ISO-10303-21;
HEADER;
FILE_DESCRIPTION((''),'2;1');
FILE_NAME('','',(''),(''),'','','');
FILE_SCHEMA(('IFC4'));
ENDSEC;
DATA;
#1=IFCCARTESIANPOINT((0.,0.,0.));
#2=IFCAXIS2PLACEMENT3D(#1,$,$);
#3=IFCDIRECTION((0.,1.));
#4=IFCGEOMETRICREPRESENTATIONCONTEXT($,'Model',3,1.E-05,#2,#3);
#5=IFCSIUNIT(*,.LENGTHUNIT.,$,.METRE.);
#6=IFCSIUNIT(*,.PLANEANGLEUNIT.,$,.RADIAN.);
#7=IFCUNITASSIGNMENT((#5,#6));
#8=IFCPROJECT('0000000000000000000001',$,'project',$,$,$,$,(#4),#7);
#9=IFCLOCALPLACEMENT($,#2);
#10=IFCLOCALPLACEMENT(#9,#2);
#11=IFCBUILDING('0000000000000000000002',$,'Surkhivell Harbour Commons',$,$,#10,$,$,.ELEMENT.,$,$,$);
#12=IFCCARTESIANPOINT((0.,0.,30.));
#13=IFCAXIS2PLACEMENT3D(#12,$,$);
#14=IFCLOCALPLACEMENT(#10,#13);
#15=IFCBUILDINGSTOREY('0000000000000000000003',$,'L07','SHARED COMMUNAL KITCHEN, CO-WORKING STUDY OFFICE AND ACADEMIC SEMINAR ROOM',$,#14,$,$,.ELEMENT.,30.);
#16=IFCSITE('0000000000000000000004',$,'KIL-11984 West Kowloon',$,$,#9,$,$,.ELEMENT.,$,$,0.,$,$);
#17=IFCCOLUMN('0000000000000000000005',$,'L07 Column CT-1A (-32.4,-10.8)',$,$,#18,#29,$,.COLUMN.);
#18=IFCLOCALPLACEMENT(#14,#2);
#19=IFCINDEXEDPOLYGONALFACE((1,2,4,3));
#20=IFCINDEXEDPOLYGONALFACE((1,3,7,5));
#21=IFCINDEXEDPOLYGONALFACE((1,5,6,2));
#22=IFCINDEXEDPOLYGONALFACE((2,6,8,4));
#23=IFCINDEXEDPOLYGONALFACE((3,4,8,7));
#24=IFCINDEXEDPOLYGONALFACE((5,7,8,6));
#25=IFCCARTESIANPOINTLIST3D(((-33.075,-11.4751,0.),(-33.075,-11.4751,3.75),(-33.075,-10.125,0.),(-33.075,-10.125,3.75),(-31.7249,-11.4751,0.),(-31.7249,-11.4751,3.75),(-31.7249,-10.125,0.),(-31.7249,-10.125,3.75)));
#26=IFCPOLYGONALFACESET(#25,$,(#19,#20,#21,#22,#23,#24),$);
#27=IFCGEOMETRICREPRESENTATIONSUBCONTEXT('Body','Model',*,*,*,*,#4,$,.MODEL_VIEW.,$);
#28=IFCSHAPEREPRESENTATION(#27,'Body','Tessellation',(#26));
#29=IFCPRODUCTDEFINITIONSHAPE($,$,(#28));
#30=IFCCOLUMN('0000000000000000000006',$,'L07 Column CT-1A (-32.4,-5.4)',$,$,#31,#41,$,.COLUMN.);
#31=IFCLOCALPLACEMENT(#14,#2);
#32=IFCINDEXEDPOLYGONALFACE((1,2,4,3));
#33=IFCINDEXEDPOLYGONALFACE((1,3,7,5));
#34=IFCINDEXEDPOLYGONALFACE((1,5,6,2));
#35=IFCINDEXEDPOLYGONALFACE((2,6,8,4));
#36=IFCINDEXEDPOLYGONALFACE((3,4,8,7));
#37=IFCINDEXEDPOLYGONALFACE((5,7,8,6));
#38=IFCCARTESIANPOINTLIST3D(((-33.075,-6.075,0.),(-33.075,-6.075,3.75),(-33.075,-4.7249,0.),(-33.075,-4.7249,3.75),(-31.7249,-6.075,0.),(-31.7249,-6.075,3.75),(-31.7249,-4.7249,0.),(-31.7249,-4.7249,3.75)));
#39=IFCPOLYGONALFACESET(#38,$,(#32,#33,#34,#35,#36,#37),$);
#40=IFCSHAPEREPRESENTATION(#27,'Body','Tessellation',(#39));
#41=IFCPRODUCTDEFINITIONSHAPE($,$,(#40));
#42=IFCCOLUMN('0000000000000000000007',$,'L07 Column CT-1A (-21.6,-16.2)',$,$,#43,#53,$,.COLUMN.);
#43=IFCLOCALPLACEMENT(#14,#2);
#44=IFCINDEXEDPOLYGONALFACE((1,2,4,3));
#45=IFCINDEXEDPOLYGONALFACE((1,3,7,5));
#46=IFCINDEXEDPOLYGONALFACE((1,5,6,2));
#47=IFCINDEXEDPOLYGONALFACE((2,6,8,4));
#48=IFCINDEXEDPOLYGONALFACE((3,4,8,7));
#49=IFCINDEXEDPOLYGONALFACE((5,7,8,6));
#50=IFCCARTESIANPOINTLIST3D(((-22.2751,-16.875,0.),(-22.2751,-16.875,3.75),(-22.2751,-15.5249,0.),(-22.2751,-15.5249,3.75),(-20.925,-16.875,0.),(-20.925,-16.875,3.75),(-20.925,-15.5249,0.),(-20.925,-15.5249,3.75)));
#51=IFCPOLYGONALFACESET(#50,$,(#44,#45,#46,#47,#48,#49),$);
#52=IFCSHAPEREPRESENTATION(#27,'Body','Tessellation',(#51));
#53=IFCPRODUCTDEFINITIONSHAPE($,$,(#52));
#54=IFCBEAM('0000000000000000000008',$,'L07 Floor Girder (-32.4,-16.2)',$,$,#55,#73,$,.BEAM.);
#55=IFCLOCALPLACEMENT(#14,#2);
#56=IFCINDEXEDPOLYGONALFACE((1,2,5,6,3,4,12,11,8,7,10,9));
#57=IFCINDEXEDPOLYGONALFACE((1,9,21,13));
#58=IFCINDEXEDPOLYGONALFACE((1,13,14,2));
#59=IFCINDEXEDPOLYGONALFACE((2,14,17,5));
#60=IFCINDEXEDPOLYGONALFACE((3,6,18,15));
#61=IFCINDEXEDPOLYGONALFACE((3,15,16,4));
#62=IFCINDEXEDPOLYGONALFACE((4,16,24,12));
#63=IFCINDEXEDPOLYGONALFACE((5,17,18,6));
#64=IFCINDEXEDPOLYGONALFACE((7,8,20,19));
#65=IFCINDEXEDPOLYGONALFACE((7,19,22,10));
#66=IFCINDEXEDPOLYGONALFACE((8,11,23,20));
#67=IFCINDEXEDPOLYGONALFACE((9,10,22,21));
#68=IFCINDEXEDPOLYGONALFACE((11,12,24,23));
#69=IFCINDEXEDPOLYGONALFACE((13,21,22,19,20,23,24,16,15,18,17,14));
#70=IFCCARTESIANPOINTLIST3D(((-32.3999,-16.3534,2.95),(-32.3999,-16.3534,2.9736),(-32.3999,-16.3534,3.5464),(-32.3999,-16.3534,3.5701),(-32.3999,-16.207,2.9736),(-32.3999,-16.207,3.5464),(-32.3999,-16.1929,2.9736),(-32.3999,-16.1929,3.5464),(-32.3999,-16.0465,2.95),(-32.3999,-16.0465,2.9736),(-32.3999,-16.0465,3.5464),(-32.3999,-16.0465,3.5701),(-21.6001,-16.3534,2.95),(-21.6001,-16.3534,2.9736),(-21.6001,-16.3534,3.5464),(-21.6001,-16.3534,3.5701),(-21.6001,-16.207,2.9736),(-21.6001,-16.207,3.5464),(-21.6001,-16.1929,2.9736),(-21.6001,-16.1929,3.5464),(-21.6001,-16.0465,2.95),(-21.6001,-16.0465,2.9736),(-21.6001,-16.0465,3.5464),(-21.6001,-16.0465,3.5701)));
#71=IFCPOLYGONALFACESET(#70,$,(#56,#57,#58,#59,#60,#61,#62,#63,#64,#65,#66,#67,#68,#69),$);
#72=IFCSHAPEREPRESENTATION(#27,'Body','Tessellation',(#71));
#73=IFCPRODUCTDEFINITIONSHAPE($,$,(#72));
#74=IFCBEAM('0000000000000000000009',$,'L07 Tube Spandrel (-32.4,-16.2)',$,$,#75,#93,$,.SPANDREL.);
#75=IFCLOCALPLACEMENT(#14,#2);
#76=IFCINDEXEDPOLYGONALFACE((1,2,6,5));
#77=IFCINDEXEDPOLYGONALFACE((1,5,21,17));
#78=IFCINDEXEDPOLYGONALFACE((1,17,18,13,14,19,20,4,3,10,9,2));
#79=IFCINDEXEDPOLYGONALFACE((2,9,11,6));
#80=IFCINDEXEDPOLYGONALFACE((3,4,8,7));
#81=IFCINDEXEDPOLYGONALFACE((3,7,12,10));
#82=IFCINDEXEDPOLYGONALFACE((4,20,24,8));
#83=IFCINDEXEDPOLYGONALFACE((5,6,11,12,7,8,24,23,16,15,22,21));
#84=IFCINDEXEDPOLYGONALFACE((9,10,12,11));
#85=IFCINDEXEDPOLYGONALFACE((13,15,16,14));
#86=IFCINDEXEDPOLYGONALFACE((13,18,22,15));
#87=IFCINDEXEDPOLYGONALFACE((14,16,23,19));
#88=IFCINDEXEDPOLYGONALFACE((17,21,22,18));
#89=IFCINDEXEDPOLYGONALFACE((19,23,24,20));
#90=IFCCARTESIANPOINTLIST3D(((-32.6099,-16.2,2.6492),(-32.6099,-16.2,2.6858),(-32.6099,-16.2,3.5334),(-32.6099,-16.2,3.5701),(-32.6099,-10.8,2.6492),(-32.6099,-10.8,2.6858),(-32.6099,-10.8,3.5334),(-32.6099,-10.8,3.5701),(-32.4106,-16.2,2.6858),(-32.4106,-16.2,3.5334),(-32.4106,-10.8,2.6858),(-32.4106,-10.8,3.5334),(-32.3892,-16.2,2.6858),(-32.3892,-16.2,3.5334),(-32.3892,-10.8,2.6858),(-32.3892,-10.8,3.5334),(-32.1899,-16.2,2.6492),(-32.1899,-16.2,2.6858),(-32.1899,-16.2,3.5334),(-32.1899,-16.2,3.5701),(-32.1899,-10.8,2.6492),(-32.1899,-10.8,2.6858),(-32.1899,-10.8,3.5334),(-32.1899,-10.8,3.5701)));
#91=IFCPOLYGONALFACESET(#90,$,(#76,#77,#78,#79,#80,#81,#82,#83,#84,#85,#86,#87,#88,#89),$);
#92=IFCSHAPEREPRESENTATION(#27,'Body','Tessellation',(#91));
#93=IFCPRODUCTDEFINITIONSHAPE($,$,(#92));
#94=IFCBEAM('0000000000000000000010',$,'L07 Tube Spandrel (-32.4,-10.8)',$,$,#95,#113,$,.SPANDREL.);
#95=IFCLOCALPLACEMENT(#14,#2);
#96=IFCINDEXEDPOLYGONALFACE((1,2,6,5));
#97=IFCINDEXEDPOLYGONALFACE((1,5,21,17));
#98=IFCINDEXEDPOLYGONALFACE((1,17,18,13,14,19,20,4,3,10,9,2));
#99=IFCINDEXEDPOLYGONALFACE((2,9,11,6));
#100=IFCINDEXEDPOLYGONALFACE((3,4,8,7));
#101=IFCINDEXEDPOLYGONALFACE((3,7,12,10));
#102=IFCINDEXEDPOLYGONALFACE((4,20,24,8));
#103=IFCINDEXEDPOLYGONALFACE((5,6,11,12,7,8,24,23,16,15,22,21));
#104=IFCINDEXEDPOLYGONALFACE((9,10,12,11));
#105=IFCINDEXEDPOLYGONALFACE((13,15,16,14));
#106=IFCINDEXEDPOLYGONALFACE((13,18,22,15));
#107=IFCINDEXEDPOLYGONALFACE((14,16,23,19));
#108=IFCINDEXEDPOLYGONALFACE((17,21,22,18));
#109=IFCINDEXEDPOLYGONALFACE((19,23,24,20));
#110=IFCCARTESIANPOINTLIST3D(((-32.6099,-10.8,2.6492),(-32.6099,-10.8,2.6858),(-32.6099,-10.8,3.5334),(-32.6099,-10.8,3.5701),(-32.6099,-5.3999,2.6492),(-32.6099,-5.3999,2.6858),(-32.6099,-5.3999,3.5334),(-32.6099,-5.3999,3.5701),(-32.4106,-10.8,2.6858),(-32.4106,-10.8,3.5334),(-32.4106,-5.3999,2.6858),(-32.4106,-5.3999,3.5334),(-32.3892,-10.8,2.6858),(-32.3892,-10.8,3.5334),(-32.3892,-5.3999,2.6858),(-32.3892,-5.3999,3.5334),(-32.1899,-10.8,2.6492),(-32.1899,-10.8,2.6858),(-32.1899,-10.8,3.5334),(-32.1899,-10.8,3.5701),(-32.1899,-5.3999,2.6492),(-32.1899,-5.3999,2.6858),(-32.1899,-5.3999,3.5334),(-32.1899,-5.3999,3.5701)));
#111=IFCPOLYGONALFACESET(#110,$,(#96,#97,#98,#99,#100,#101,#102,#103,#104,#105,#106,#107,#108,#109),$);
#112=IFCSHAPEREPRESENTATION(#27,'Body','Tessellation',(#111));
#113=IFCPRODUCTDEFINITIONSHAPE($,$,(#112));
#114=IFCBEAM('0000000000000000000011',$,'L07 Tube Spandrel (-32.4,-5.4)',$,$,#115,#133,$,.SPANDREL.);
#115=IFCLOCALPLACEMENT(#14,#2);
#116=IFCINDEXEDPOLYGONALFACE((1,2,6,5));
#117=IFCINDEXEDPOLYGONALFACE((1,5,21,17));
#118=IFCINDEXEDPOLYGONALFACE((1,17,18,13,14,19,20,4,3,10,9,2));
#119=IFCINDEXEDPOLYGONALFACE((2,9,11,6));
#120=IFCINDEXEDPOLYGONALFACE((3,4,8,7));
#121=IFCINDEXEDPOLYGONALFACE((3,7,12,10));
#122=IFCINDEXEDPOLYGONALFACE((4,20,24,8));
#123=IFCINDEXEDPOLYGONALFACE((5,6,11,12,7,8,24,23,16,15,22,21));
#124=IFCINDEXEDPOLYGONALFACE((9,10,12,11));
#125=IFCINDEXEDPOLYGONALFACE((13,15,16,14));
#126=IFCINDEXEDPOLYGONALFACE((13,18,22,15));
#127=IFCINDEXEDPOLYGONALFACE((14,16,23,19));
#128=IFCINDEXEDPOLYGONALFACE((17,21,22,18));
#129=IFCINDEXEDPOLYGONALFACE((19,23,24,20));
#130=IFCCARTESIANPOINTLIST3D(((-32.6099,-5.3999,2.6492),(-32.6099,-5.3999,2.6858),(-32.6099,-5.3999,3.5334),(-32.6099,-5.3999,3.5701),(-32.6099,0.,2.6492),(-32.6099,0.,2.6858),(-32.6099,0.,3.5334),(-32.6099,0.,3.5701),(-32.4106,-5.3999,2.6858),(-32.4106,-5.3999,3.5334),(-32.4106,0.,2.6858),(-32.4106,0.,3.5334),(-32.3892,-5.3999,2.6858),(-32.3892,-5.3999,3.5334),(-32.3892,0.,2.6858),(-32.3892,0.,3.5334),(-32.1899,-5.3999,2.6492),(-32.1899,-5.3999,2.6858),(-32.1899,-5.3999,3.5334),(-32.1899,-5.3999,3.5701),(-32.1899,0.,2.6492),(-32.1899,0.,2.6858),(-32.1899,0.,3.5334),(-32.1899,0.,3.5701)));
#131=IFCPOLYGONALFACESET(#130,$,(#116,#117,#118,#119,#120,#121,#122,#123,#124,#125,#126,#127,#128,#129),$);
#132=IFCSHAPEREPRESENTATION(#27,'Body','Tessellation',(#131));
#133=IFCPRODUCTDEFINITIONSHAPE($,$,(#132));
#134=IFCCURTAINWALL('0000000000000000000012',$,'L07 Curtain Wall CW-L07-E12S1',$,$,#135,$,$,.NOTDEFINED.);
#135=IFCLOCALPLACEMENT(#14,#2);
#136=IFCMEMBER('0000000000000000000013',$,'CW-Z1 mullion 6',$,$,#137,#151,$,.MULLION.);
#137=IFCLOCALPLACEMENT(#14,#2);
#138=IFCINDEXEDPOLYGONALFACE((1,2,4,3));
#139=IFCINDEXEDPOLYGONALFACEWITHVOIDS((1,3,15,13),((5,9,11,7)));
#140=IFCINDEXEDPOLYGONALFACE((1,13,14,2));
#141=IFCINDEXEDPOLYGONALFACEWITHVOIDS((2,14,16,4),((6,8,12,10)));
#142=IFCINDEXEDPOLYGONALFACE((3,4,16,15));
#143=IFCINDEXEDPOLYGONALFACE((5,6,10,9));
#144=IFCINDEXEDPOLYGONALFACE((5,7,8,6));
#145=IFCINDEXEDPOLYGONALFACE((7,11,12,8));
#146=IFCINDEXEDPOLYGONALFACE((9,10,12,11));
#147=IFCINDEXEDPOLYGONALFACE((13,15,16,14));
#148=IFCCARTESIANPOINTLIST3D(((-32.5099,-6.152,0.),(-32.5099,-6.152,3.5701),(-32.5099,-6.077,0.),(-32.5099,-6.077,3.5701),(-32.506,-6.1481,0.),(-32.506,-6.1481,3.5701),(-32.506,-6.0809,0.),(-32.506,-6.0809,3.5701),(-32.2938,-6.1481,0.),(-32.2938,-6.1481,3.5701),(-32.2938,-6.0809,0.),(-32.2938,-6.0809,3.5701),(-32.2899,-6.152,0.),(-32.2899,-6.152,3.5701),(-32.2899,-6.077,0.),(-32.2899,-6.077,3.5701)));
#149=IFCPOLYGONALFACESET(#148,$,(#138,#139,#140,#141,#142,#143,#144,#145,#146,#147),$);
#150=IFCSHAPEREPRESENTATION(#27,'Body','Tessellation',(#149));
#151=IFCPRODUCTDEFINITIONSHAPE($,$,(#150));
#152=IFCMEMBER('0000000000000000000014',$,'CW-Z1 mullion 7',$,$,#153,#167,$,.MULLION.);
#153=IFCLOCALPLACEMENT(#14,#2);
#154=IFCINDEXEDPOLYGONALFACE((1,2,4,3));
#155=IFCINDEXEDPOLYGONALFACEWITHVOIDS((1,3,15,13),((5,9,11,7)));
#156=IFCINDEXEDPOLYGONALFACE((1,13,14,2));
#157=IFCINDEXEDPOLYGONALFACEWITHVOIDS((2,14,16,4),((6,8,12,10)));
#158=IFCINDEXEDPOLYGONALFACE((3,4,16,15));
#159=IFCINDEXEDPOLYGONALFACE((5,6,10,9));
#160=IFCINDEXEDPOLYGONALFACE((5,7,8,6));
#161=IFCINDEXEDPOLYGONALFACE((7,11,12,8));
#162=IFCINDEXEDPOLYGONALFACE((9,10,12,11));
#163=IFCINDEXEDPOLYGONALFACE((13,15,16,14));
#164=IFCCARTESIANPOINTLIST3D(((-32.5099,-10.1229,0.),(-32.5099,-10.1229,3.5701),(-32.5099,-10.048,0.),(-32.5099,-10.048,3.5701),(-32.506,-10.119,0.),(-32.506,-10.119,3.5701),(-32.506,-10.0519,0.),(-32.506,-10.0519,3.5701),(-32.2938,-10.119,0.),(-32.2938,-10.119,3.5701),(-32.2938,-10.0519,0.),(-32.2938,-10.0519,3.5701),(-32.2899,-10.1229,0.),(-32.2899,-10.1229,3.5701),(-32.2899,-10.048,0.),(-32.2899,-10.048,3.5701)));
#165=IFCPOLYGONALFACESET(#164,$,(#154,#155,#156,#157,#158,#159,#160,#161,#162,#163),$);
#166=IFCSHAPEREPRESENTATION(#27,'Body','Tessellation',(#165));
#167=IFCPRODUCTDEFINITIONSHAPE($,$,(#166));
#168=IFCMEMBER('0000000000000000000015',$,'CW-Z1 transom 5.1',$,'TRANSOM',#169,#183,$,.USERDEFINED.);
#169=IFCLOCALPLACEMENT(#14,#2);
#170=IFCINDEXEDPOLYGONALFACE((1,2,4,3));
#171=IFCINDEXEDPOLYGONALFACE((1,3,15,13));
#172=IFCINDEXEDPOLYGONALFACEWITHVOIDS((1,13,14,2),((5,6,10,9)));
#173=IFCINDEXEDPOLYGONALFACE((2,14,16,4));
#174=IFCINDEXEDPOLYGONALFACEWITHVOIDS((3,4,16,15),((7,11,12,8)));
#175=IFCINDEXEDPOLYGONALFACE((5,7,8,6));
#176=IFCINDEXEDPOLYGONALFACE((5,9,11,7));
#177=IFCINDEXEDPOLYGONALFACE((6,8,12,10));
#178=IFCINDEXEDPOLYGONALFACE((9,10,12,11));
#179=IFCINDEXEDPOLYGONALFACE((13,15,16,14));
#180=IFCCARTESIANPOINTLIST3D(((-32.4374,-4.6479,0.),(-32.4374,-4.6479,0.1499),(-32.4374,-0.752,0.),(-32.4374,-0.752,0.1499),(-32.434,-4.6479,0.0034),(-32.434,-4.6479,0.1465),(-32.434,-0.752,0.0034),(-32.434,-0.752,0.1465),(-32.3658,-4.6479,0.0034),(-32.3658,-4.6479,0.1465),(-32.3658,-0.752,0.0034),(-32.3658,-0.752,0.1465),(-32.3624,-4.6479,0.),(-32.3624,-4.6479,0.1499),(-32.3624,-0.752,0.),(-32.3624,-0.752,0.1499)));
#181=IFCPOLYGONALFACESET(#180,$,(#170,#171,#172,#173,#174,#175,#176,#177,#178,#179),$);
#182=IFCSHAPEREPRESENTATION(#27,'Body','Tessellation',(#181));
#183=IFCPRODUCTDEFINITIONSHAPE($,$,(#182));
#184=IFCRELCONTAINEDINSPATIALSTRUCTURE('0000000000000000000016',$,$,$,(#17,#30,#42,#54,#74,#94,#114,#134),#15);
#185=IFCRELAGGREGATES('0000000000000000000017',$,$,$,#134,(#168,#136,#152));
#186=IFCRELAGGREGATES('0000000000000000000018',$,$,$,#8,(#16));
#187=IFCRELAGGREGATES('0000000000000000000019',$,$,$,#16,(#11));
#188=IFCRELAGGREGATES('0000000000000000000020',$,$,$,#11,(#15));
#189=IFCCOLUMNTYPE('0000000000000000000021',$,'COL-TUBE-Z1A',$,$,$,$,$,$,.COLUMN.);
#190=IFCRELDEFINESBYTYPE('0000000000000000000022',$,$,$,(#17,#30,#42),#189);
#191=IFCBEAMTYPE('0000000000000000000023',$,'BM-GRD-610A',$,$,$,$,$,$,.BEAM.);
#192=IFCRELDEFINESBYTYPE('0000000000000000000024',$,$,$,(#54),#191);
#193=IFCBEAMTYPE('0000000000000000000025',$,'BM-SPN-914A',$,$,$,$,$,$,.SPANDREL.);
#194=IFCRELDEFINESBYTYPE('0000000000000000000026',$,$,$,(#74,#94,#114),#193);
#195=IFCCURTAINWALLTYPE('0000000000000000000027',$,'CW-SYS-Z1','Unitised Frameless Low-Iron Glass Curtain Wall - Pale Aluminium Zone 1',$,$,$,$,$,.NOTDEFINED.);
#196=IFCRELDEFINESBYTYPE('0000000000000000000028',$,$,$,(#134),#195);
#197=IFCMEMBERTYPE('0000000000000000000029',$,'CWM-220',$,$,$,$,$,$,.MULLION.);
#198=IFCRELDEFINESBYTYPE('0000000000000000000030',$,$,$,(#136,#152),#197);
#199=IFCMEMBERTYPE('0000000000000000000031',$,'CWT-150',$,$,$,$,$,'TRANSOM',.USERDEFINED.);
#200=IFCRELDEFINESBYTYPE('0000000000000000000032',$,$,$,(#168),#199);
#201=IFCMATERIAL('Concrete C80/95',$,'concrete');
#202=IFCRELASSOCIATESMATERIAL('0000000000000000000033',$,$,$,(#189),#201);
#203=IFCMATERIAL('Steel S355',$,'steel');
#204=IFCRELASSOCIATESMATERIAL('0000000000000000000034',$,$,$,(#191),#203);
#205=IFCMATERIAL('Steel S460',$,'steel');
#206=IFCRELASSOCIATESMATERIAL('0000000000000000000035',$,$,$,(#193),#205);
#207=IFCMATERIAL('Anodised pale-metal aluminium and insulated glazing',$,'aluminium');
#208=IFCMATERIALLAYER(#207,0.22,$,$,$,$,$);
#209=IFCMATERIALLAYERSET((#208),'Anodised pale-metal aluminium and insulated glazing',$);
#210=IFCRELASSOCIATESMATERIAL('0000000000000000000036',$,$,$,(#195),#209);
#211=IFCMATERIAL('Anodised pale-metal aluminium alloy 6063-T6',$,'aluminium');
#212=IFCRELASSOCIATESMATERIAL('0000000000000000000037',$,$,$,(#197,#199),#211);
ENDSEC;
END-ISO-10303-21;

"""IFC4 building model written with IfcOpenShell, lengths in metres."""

from ifc_helpers import new_model, si_unit, direction, frame, origin, origin_2d, place, context, subcontext, project, spatial, rectangle, hollow_rectangle, i_section, extrude, material, layer, layer_set, material_profile, profile_set, type_object, element, aggregate, save


model = new_model("IFC4")

# Units and contexts
model_context = context("Model", 3, precision=1e-05, world=origin(), true_north=direction((0.0, 1.0)))
body_context = subcontext(model_context, "Body", "Model", "MODEL_VIEW")
ifc_project = project(units=[si_unit("LENGTHUNIT", "METRE"), si_unit("PLANEANGLEUNIT", "RADIAN")], contexts=[model_context])

# Site, building, storey
site_placement = place(None, origin())
site = spatial("IfcSite", under=ifc_project, at=site_placement, Name="KIL-11984 West Kowloon", CompositionType="ELEMENT", RefElevation=0.0)
building_placement = place(site_placement, origin())
building = spatial("IfcBuilding", under=site, at=building_placement, Name="Surkhivell Harbour Commons", CompositionType="ELEMENT")
storey_placement = place(building_placement, frame((0.0, 0.0, 30.0)))
storey = spatial("IfcBuildingStorey", under=building, at=storey_placement, Name="L07", Description="SHARED COMMUNAL KITCHEN, CO-WORKING STUDY OFFICE AND ACADEMIC SEMINAR ROOM", CompositionType="ELEMENT", Elevation=30.0)

# Columns
ifc_material_1 = material(Name="Concrete C80/95", Category="concrete")
ifc_material_profile_1 = material_profile(ifc_material_1, rectangle(XDim=1.3501, YDim=1.3501, at=origin_2d()), Name="RC-COL-1350x1350")
ifc_profile_set_1 = profile_set([ifc_material_profile_1], Name="Concrete C80/95")
column_type = type_object("IfcColumnType", Name="COL-TUBE-Z1A", PredefinedType="COLUMN", material=ifc_profile_set_1)
for number, where, z_axis, x_axis, name in (
    (1, (-32.3999, -10.8, 0.0), (0.0, 0.0, 1.0), (1.0, 0.0, 0.0), "L07 Column CT-1A (-32.4,-10.8)"),
    (2, (-32.3999, -5.3999, 0.0), (0.0, 0.0, 1.0), (1.0, 0.0, 0.0), "L07 Column CT-1A (-32.4,-5.4)"),
    (3, (-21.6001, -16.2, 0.0), (0.0, 0.0, 1.0), (1.0, 0.0, 0.0), "L07 Column CT-1A (-21.6,-16.2)"),
):
    element("IfcColumn", number, at=place(storey_placement, frame(where, z_axis=z_axis, x_axis=x_axis)), inside=storey, type_object=column_type, Name=name, PredefinedType="COLUMN", context=body_context, shape_type="SweptSolid", body=[
        extrude(rectangle(XDim=1.3501, YDim=1.3501, at=origin_2d()), origin(), (0.0, 0.0, 1.0), 3.75),
    ])

# Beams
ifc_material_2 = material(Name="Steel S355", Category="steel")
ifc_material_profile_2 = material_profile(ifc_material_2, i_section(OverallWidth=0.3069, OverallDepth=0.6201, WebThickness=0.0142, FlangeThickness=0.0237, at=origin_2d()), Name="UB610x305x179")
ifc_profile_set_2 = profile_set([ifc_material_profile_2], Name="Steel S355")
beam_type_1 = type_object("IfcBeamType", Name="BM-GRD-610A", PredefinedType="BEAM", material=ifc_profile_set_2)
beam_1_placement = place(storey_placement, frame((-32.3999, -16.2, 3.26), z_axis=(1.0, 0.0, 0.0), x_axis=(0.0, 1.0, 0.0)))
element("IfcBeam", 4, at=beam_1_placement, inside=storey, type_object=beam_type_1, Name="L07 Floor Girder (-32.4,-16.2)", PredefinedType="BEAM", context=body_context, shape_type="SweptSolid", body=[
    extrude(i_section(OverallWidth=0.3069, OverallDepth=0.6201, WebThickness=0.0142, FlangeThickness=0.0237, at=origin_2d()), origin(), (0.0, 0.0, 1.0), 10.7998),
])
ifc_material_3 = material(Name="Steel S460", Category="steel")
ifc_material_profile_3 = material_profile(ifc_material_3, i_section(OverallWidth=0.4199, OverallDepth=0.9209, WebThickness=0.0215, FlangeThickness=0.0366, at=origin_2d()), Name="UB914x419x388")
ifc_profile_set_3 = profile_set([ifc_material_profile_3], Name="Steel S460")
beam_type_2 = type_object("IfcBeamType", Name="BM-SPN-914A", PredefinedType="SPANDREL", material=ifc_profile_set_3)
beam_2_placement = place(storey_placement, frame((-32.3999, -16.2, 3.1096), z_axis=(0.0, 1.0, 0.0), x_axis=(-1.0, 0.0, 0.0)))
element("IfcBeam", 5, at=beam_2_placement, inside=storey, type_object=beam_type_2, Name="L07 Tube Spandrel (-32.4,-16.2)", PredefinedType="SPANDREL", context=body_context, shape_type="SweptSolid", body=[
    extrude(i_section(OverallWidth=0.4199, OverallDepth=0.9209, WebThickness=0.0215, FlangeThickness=0.0366, at=origin_2d()), origin(), (0.0, 0.0, 1.0), 5.3999),
])
beam_3_placement = place(storey_placement, frame((-32.3999, -10.8, 3.1096), z_axis=(0.0, 1.0, 0.0), x_axis=(-1.0, 0.0, 0.0)))
element("IfcBeam", 6, at=beam_3_placement, inside=storey, type_object=beam_type_2, Name="L07 Tube Spandrel (-32.4,-10.8)", PredefinedType="SPANDREL", context=body_context, shape_type="SweptSolid", body=[
    extrude(i_section(OverallWidth=0.4199, OverallDepth=0.9209, WebThickness=0.0215, FlangeThickness=0.0366, at=origin_2d()), origin(), (0.0, 0.0, 1.0), 5.4001),
])
beam_4_placement = place(storey_placement, frame((-32.3999, -5.3999, 3.1096), z_axis=(0.0, 1.0, 0.0), x_axis=(-1.0, 0.0, 0.0)))
element("IfcBeam", 7, at=beam_4_placement, inside=storey, type_object=beam_type_2, Name="L07 Tube Spandrel (-32.4,-5.4)", PredefinedType="SPANDREL", context=body_context, shape_type="SweptSolid", body=[
    extrude(i_section(OverallWidth=0.4199, OverallDepth=0.9209, WebThickness=0.0215, FlangeThickness=0.0366, at=origin_2d()), origin(), (0.0, 0.0, 1.0), 5.3999),
])

# Curtain wall, members
ifc_material_4 = material(Name="Anodised pale-metal aluminium and insulated glazing", Category="aluminium")
ifc_layer_1 = layer(ifc_material_4, 0.22)
ifc_layer_set_1 = layer_set([ifc_layer_1], Name="Anodised pale-metal aluminium and insulated glazing")
curtain_wall_type = type_object("IfcCurtainWallType", Name="CW-SYS-Z1", Description="Unitised Frameless Low-Iron Glass Curtain Wall - Pale Aluminium Zone 1", PredefinedType="NOTDEFINED", material=ifc_layer_set_1)
curtain_wall_placement = place(storey_placement, origin())
curtain_wall = element("IfcCurtainWall", 8, at=curtain_wall_placement, inside=storey, type_object=curtain_wall_type, Name="L07 Curtain Wall CW-L07-E12S1", PredefinedType="NOTDEFINED")
ifc_material_5 = material(Name="Anodised pale-metal aluminium alloy 6063-T6", Category="aluminium")
ifc_material_profile_4 = material_profile(ifc_material_5, hollow_rectangle(XDim=0.075, YDim=0.22, WallThickness=0.0039, at=origin_2d()), Name="ALU-MULL-75x220")
ifc_profile_set_4 = profile_set([ifc_material_profile_4], Name="Anodised pale-metal aluminium alloy 6063-T6")
member_type_1 = type_object("IfcMemberType", Name="CWM-220", PredefinedType="MULLION", material=ifc_profile_set_4)
member_1_placement = place(storey_placement, frame((-32.3999, -6.1145, 0.0), z_axis=(0.0, 0.0, 1.0), x_axis=(0.0, -1.0, 0.0)))
member_1 = element("IfcMember", 9, at=member_1_placement, type_object=member_type_1, Name="CW-Z1 mullion 6", PredefinedType="MULLION", context=body_context, shape_type="SweptSolid", body=[
    extrude(hollow_rectangle(XDim=0.075, YDim=0.22, WallThickness=0.0039, at=origin_2d()), origin(), (0.0, 0.0, 1.0), 3.5701),
])
member_2_placement = place(storey_placement, frame((-32.3999, -10.0854, 0.0), z_axis=(0.0, 0.0, 1.0), x_axis=(0.0, -1.0, 0.0)))
member_2 = element("IfcMember", 10, at=member_2_placement, type_object=member_type_1, Name="CW-Z1 mullion 7", PredefinedType="MULLION", context=body_context, shape_type="SweptSolid", body=[
    extrude(hollow_rectangle(XDim=0.075, YDim=0.22, WallThickness=0.0039, at=origin_2d()), origin(), (0.0, 0.0, 1.0), 3.5701),
])
ifc_material_profile_5 = material_profile(ifc_material_5, hollow_rectangle(XDim=0.075, YDim=0.1499, WallThickness=0.0034, at=origin_2d()), Name="ALU-TRAN-75x150")
ifc_profile_set_5 = profile_set([ifc_material_profile_5], Name="Anodised pale-metal aluminium alloy 6063-T6")
member_type_2 = type_object("IfcMemberType", Name="CWT-150", ElementType="TRANSOM", PredefinedType="USERDEFINED", material=ifc_profile_set_5)
member_3_placement = place(storey_placement, frame((-32.3999, -0.752, 0.075), z_axis=(0.0, -1.0, 0.0), x_axis=(1.0, 0.0, 0.0)))
member_3 = element("IfcMember", 11, at=member_3_placement, type_object=member_type_2, Name="CW-Z1 transom 5.1", ObjectType="TRANSOM", PredefinedType="USERDEFINED", context=body_context, shape_type="SweptSolid", body=[
    extrude(hollow_rectangle(XDim=0.075, YDim=0.1499, WallThickness=0.0034, at=origin_2d()), origin(), (0.0, 0.0, 1.0), 3.896),
])

aggregate(curtain_wall, [member_3, member_1, member_2])

save(model, "model.ifc")
